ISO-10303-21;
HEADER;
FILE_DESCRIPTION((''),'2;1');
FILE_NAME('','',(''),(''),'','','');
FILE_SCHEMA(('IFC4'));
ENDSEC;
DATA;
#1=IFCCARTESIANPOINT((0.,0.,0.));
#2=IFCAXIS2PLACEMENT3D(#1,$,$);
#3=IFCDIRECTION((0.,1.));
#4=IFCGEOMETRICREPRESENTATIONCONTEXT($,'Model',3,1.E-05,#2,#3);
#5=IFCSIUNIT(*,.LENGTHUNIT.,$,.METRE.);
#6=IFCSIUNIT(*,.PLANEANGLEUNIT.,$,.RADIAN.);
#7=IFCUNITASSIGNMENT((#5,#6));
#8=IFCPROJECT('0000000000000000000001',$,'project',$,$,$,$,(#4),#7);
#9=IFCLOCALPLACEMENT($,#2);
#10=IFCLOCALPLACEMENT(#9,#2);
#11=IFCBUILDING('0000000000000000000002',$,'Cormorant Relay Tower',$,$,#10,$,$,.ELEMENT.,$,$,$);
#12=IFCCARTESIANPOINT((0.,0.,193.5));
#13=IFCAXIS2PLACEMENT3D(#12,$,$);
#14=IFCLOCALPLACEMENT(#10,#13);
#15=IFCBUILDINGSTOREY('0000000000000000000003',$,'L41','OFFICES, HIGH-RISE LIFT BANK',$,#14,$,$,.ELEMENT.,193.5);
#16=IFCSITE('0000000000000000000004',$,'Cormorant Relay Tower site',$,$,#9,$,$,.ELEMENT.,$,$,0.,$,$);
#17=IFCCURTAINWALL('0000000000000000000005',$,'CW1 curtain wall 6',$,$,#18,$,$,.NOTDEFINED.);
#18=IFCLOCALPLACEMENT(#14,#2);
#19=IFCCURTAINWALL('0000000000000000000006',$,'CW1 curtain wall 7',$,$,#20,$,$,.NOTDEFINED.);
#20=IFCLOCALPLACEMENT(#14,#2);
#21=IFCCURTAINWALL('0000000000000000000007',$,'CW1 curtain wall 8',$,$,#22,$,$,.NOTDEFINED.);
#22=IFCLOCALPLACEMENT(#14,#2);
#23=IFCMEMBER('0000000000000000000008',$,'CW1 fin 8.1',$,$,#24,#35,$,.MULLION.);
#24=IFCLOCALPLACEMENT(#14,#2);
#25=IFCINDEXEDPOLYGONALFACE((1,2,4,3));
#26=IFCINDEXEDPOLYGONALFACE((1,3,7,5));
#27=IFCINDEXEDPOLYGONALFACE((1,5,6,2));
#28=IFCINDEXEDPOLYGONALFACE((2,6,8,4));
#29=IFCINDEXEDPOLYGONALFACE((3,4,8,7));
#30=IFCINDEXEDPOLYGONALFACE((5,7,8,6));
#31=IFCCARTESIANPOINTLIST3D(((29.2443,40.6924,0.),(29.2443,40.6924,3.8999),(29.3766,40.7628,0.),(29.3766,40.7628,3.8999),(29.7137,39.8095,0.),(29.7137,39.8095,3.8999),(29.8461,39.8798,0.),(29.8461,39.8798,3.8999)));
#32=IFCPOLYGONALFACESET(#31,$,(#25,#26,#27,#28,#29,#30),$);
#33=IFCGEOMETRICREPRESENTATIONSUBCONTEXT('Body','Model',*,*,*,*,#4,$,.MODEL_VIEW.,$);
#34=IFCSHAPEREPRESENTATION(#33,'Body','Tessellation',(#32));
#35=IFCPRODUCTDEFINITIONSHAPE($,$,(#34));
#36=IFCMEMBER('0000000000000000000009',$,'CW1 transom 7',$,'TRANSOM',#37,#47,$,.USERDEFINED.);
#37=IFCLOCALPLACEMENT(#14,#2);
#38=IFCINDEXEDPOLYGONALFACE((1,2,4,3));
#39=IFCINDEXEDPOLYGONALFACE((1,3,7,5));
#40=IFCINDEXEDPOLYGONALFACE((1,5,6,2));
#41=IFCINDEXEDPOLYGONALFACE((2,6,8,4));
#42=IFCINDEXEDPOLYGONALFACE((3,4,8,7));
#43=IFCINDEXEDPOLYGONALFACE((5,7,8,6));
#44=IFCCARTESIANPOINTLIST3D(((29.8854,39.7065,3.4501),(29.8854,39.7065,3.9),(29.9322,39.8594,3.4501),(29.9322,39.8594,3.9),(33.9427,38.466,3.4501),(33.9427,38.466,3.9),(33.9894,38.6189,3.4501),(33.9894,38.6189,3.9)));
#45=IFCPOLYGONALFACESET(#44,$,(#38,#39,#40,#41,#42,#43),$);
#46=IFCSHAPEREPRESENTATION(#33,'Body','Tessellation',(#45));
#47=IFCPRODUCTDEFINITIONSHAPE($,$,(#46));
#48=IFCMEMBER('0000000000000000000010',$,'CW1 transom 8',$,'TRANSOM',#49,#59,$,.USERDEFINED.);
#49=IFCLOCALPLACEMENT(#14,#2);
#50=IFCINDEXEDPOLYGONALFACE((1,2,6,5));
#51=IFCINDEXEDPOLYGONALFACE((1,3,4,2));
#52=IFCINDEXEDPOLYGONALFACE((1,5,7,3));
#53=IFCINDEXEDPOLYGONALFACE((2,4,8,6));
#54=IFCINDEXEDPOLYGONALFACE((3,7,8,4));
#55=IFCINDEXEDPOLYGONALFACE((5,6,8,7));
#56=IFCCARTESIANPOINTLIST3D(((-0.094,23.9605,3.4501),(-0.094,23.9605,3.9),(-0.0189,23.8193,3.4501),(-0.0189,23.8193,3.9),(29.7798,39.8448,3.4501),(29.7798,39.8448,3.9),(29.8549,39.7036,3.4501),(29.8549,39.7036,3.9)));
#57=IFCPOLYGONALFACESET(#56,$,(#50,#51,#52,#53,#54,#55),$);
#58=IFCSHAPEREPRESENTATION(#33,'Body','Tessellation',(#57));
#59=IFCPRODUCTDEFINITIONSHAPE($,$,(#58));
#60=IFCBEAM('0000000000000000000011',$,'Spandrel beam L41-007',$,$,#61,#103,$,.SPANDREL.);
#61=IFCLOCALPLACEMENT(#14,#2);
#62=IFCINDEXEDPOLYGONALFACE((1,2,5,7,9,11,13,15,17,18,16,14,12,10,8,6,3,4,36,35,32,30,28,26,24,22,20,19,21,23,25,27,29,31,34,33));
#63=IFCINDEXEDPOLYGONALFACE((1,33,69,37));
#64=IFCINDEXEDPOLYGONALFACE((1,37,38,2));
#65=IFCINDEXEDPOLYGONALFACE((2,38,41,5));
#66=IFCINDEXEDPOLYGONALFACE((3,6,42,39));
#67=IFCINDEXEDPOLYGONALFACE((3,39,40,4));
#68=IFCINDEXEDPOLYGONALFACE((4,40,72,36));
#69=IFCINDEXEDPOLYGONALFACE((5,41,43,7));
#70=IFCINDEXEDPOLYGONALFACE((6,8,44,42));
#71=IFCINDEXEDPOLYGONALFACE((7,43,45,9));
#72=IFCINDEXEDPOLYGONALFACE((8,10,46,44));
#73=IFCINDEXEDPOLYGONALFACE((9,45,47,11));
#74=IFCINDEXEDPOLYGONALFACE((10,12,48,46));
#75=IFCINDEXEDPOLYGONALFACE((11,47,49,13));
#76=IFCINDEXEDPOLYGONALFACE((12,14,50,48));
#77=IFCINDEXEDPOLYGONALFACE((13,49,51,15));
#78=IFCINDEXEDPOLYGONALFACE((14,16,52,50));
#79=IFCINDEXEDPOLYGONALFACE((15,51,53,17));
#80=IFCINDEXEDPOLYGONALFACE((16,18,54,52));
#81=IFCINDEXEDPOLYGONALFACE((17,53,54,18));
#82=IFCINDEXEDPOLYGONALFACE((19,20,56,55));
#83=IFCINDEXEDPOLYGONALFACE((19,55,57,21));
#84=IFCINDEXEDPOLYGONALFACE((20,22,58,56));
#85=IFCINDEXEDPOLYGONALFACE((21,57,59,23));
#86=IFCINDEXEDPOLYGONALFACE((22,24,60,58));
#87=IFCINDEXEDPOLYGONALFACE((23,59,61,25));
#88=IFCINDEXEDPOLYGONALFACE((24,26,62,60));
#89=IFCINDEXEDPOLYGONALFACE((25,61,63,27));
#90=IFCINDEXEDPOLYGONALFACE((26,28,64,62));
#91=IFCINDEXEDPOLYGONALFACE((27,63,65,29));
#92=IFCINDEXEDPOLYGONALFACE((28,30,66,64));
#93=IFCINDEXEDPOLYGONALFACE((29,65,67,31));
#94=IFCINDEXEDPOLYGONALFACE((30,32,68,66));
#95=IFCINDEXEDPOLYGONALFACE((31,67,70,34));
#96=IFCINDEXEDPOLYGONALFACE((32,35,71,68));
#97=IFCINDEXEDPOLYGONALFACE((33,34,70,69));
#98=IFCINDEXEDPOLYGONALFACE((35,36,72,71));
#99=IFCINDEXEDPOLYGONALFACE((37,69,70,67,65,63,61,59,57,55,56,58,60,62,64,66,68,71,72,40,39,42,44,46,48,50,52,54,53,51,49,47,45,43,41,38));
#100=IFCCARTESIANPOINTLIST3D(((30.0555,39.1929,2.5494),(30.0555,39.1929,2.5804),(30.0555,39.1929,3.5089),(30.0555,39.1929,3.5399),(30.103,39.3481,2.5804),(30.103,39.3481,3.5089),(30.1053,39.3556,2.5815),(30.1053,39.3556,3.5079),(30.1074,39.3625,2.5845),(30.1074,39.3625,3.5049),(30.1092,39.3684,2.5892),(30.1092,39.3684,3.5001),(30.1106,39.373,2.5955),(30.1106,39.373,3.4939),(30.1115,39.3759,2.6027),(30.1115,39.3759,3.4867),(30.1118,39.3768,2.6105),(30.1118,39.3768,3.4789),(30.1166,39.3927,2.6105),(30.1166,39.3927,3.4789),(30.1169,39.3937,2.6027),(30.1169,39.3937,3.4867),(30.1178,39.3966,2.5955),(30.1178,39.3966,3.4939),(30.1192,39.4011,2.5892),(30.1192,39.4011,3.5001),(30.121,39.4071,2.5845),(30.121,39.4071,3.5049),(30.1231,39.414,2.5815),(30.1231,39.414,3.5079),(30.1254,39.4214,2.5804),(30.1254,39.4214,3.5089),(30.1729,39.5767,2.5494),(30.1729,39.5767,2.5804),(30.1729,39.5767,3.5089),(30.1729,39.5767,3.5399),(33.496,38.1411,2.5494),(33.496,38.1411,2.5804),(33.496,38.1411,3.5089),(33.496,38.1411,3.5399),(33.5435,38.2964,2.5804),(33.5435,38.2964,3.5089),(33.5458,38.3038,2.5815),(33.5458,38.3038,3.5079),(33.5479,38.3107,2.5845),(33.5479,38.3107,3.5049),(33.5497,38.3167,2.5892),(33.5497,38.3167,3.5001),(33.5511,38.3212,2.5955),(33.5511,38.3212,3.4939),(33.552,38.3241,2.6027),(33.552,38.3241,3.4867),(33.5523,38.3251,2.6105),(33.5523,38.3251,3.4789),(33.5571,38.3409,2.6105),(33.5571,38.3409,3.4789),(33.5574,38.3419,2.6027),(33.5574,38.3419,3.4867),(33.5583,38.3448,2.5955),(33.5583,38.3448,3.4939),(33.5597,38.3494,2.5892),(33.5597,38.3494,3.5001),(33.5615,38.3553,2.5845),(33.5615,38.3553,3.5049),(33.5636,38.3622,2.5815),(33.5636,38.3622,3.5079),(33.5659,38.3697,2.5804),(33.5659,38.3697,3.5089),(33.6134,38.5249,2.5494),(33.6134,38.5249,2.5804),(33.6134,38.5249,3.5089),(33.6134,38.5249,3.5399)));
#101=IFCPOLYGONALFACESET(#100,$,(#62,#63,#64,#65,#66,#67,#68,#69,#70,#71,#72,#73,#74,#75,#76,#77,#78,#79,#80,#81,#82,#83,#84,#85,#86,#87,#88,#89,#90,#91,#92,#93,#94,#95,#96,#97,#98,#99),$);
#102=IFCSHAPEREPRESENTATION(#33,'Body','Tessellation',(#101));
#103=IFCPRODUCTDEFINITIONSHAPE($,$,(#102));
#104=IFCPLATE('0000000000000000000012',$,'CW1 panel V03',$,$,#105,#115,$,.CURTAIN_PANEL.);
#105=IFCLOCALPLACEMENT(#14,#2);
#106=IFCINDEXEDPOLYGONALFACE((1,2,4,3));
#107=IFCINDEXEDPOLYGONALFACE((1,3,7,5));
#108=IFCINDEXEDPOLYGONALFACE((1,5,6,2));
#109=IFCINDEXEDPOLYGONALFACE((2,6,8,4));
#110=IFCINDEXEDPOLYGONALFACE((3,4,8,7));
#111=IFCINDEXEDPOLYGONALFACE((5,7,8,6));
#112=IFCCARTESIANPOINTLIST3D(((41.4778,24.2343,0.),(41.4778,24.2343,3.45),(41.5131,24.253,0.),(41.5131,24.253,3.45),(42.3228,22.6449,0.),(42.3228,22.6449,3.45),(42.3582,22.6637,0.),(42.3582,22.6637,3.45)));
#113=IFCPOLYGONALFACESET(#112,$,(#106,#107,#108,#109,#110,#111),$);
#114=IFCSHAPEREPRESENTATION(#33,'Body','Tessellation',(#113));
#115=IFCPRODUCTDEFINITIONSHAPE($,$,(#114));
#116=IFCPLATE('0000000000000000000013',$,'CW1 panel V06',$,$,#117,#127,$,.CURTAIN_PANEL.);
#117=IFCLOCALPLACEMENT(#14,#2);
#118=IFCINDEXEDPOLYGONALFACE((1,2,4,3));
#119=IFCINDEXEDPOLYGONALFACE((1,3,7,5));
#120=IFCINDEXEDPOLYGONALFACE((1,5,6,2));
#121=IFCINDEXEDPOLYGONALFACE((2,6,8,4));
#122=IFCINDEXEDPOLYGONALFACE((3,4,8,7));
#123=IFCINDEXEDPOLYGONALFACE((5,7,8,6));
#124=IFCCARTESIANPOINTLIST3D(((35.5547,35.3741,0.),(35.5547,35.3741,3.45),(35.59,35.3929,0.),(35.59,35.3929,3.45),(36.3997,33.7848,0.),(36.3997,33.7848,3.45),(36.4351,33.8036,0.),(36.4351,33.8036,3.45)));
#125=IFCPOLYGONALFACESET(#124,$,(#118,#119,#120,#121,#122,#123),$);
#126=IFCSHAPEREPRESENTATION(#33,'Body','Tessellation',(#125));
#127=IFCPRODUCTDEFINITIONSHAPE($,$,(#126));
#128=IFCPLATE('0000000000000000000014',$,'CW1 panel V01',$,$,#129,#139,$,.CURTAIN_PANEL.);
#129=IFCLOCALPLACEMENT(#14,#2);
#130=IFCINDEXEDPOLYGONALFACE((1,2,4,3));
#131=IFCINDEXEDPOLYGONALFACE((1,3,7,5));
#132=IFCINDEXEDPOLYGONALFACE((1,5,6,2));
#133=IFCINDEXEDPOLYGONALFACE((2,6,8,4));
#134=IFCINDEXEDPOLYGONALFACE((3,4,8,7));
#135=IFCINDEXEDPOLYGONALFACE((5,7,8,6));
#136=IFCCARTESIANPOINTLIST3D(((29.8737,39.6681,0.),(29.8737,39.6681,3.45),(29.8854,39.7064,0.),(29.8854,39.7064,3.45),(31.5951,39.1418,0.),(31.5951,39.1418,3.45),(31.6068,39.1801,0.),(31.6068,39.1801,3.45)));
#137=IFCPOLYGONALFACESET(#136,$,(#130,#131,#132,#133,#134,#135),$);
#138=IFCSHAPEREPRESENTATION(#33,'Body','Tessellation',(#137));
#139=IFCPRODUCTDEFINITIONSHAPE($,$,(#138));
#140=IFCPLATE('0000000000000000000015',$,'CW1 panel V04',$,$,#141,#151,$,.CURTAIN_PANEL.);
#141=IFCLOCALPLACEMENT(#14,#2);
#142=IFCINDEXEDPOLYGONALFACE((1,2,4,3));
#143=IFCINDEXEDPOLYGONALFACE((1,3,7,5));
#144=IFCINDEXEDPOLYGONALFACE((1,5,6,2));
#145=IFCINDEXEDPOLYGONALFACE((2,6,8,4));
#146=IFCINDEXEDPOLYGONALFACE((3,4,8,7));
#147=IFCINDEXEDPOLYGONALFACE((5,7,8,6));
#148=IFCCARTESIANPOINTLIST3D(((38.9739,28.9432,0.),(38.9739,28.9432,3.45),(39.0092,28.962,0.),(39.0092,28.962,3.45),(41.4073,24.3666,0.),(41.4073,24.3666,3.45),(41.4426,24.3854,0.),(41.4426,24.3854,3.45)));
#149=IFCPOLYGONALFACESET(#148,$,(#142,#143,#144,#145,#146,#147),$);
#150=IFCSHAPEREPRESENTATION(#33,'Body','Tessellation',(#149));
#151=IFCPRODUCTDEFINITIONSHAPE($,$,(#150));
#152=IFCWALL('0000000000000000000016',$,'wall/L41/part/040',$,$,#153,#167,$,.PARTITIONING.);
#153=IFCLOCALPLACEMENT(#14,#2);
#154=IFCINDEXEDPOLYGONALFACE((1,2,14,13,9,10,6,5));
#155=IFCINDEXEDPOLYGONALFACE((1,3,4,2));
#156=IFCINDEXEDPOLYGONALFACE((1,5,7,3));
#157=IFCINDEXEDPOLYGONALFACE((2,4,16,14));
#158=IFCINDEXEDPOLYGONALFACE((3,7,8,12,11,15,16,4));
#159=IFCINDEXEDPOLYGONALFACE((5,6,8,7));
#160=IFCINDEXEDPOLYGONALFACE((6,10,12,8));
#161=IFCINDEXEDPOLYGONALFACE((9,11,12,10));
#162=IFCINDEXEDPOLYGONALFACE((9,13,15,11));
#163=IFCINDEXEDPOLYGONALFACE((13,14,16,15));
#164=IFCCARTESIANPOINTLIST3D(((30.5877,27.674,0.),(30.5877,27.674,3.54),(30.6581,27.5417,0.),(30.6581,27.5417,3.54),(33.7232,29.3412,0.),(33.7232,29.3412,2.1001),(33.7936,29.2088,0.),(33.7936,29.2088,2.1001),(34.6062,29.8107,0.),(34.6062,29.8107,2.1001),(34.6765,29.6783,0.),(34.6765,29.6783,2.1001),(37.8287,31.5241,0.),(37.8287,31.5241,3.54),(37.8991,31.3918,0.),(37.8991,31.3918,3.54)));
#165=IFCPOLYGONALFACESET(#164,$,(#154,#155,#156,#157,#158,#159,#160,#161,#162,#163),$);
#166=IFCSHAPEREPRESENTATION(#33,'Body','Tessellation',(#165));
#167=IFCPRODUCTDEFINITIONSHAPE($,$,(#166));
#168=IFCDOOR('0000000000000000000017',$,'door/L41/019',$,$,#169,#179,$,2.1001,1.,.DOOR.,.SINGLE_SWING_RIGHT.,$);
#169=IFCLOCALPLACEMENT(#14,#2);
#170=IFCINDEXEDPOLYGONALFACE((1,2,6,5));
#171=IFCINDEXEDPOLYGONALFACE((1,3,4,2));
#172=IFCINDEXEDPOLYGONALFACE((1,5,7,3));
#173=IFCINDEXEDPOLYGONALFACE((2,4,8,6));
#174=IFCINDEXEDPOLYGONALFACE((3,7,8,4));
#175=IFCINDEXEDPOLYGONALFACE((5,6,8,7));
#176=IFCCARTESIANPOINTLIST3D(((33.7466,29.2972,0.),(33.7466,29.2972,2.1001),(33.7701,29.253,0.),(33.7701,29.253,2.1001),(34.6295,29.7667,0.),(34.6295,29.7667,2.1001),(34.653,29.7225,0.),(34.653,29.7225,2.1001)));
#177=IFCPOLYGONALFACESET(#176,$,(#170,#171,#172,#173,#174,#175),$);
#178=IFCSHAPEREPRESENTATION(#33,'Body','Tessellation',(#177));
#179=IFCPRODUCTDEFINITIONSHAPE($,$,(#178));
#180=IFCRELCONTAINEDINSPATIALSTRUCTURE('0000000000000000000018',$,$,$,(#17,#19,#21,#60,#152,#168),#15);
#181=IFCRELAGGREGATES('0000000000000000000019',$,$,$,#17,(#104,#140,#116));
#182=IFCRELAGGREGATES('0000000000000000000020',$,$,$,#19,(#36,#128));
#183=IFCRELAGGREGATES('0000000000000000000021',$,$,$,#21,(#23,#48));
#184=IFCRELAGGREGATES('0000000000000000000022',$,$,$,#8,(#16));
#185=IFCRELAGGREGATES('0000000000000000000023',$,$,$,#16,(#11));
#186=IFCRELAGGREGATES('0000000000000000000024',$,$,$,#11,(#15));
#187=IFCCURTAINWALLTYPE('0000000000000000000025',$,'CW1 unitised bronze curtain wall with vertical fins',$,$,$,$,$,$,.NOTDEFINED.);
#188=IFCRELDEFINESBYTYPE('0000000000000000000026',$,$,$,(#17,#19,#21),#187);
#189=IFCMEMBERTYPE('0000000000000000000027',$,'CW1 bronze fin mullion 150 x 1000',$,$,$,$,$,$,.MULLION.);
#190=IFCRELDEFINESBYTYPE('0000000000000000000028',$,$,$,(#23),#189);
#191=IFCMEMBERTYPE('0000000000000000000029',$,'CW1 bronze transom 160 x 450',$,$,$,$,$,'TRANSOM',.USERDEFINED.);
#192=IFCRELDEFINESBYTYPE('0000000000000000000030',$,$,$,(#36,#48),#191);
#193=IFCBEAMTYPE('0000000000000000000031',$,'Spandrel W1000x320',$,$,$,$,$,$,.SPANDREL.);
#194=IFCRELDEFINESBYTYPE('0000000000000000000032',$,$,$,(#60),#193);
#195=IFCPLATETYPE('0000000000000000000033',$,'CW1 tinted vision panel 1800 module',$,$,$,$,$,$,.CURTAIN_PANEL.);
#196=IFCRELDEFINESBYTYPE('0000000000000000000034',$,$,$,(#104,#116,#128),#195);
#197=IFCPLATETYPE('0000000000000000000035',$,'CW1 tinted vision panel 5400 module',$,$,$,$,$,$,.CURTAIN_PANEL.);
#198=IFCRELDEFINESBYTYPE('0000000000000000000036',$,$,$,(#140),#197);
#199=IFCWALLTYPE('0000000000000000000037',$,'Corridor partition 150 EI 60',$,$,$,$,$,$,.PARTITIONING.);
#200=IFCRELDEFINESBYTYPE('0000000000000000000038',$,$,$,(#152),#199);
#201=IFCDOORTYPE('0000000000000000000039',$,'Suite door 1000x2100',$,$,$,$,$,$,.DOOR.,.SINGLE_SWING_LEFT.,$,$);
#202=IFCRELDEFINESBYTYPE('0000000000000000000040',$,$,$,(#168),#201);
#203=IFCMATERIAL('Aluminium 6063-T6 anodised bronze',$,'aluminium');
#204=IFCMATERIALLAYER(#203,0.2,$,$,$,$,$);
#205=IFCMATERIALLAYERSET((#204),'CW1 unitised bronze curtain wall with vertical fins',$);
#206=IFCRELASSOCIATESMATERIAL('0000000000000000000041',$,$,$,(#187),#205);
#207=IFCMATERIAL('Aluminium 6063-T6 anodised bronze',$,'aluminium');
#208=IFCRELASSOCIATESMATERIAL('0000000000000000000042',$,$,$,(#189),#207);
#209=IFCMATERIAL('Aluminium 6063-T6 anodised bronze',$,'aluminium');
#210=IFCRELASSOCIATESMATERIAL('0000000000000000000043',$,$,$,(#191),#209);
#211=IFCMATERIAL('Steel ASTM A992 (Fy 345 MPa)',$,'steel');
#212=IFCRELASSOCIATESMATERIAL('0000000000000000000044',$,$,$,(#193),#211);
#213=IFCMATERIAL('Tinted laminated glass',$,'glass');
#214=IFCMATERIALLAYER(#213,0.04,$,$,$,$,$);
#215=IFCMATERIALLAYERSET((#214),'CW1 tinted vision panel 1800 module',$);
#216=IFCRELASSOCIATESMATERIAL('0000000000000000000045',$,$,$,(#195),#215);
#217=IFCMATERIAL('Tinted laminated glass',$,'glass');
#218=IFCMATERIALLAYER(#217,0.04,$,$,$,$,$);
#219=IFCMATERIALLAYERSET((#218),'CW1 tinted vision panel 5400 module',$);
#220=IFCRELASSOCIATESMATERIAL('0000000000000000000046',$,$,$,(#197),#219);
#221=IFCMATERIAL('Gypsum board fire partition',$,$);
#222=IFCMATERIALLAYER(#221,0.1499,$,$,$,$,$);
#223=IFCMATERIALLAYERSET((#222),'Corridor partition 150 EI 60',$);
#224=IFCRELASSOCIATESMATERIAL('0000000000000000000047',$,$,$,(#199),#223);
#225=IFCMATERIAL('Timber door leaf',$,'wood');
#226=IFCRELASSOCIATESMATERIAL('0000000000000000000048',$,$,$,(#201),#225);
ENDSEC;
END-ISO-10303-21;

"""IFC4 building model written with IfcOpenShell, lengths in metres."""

from ifc_helpers import new_model, si_unit, direction, frame, frame_2d, origin, origin_2d, place, context, subcontext, project, spatial, rectangle, i_section, extrude, material, layer, layer_set, material_profile, profile_set, type_object, element, fill, aggregate, save


model = new_model("IFC4")

# Units and contexts
model_context = context("Model", 3, precision=1e-05, world=origin(), true_north=direction((0.0, 1.0)))
body_context = subcontext(model_context, "Body", "Model", "MODEL_VIEW")
ifc_project = project(units=[si_unit("LENGTHUNIT", "METRE"), si_unit("PLANEANGLEUNIT", "RADIAN")], contexts=[model_context])

# Site, building, storey
site_placement = place(None, origin())
site = spatial("IfcSite", under=ifc_project, at=site_placement, Name="Cormorant Relay Tower site", CompositionType="ELEMENT", RefElevation=0.0)
building_placement = place(site_placement, origin())
building = spatial("IfcBuilding", under=site, at=building_placement, Name="Cormorant Relay Tower", CompositionType="ELEMENT")
storey_placement = place(building_placement, frame((0.0, 0.0, 193.5)))
storey = spatial("IfcBuildingStorey", under=building, at=storey_placement, Name="L41", Description="OFFICES, HIGH-RISE LIFT BANK", CompositionType="ELEMENT", Elevation=193.5)

# Curtain wall
ifc_material_1 = material(Name="Aluminium 6063-T6 anodised bronze", Category="aluminium")
ifc_layer_1 = layer(ifc_material_1, 0.2)
ifc_layer_set_1 = layer_set([ifc_layer_1], Name="CW1 unitised bronze curtain wall with vertical fins")
curtain_wall_type = type_object("IfcCurtainWallType", Name="CW1 unitised bronze curtain wall with vertical fins", PredefinedType="NOTDEFINED", material=ifc_layer_set_1)
curtain_wall_1_placement = place(storey_placement, origin())
curtain_wall_1 = element("IfcCurtainWall", 1, at=curtain_wall_1_placement, inside=storey, type_object=curtain_wall_type, Name="CW1 curtain wall 6", PredefinedType="NOTDEFINED")
ifc_material_2 = material(Name="Aluminium 6063-T6 anodised bronze", Category="aluminium")
ifc_material_profile_1 = material_profile(ifc_material_2, rectangle(XDim=0.1499, YDim=1.0, at=origin_2d()), Name="AL 150x1000")
ifc_profile_set_1 = profile_set([ifc_material_profile_1], Name="Aluminium 6063-T6 anodised bronze")
member_type_1 = type_object("IfcMemberType", Name="CW1 bronze fin mullion 150 x 1000", PredefinedType="MULLION", material=ifc_profile_set_1)

# Curtain walls, member
curtain_wall_2_placement = place(storey_placement, origin())
curtain_wall_2 = element("IfcCurtainWall", 2, at=curtain_wall_2_placement, inside=storey, type_object=curtain_wall_type, Name="CW1 curtain wall 7", PredefinedType="NOTDEFINED")
curtain_wall_3_placement = place(storey_placement, origin())
curtain_wall_3 = element("IfcCurtainWall", 3, at=curtain_wall_3_placement, inside=storey, type_object=curtain_wall_type, Name="CW1 curtain wall 8", PredefinedType="NOTDEFINED")
member_1_placement = place(storey_placement, frame((29.5452, 40.2861, 0.0), z_axis=(0.0, 0.0, 1.0), x_axis=(-0.882948, -0.469472, 0.0)))
member_1 = element("IfcMember", 4, at=member_1_placement, type_object=member_type_1, Name="CW1 fin 8.1", PredefinedType="MULLION", context=body_context, shape_type="SweptSolid", body=[
    extrude(rectangle(XDim=0.1499, YDim=1.0, at=origin_2d()), origin(), (0.0, 0.0, 1.0), 3.8999),
])

# Members
ifc_material_3 = material(Name="Aluminium 6063-T6 anodised bronze", Category="aluminium")
ifc_material_profile_2 = material_profile(ifc_material_3, rectangle(XDim=0.1599, YDim=0.45, at=origin_2d()), Name="AL 160x450")
ifc_profile_set_2 = profile_set([ifc_material_profile_2], Name="Aluminium 6063-T6 anodised bronze")
member_type_2 = type_object("IfcMemberType", Name="CW1 bronze transom 160 x 450", ElementType="TRANSOM", PredefinedType="USERDEFINED", material=ifc_profile_set_2)
member_2_placement = place(storey_placement, frame((33.9661, 38.5425, 3.675), z_axis=(-0.956304, 0.292375, 0.0), x_axis=(-0.292375, -0.956304, 0.0)))
member_2 = element("IfcMember", 5, at=member_2_placement, type_object=member_type_2, Name="CW1 transom 7", ObjectType="TRANSOM", PredefinedType="USERDEFINED", context=body_context, shape_type="SweptSolid", body=[
    extrude(rectangle(XDim=0.1599, YDim=0.45, at=origin_2d()), origin(), (0.0, 0.0, 1.0), 4.2427),
])
member_3_placement = place(storey_placement, frame((29.8174, 39.7742, 3.675), z_axis=(-0.882946, -0.469474, 0.0), x_axis=(0.469474, -0.882946, 0.0)))
member_3 = element("IfcMember", 6, at=member_3_placement, type_object=member_type_2, Name="CW1 transom 8", ObjectType="TRANSOM", PredefinedType="USERDEFINED", context=body_context, shape_type="SweptSolid", body=[
    extrude(rectangle(XDim=0.1599, YDim=0.45, at=origin_2d()), origin(), (0.0, 0.0, 1.0), 33.8342),
])

# Beam
ifc_material_4 = material(Name="Steel ASTM A992 (Fy 345 MPa)", Category="steel")
ifc_material_profile_3 = material_profile(ifc_material_4, i_section(OverallWidth=0.4014, OverallDepth=0.9905, WebThickness=0.0166, FlangeThickness=0.031, FilletRadius=0.03, at=origin_2d()), Name="W1000x320")
ifc_profile_set_3 = profile_set([ifc_material_profile_3], Name="Steel ASTM A992 (Fy 345 MPa)")
beam_type = type_object("IfcBeamType", Name="Spandrel W1000x320", PredefinedType="SPANDREL", material=ifc_profile_set_3)
beam_placement = place(storey_placement, frame((33.5547, 38.333, 3.0447), z_axis=(-0.956312, 0.29235, 0.0), x_axis=(-0.29235, -0.956312, 0.0)))
element("IfcBeam", 7, at=beam_placement, inside=storey, type_object=beam_type, Name="Spandrel beam L41-007", PredefinedType="SPANDREL", context=body_context, shape_type="SweptSolid", body=[
    extrude(i_section(OverallWidth=0.4014, OverallDepth=0.9905, WebThickness=0.0166, FlangeThickness=0.031, FilletRadius=0.03, at=origin_2d()), origin(), (0.0, 0.0, 1.0), 3.5977),
])

# Plates
ifc_material_5 = material(Name="Tinted laminated glass", Category="glass")
ifc_layer_2 = layer(ifc_material_5, 0.04)
ifc_layer_set_2 = layer_set([ifc_layer_2], Name="CW1 tinted vision panel 1800 module")
plate_type_1 = type_object("IfcPlateType", Name="CW1 tinted vision panel 1800 module", PredefinedType="CURTAIN_PANEL", material=ifc_layer_set_2)
plate_1_placement = place(storey_placement, frame((41.918, 23.449, 0.0), z_axis=(0.0, 0.0, 1.0), x_axis=(-0.469472, 0.882948, 0.0)))
plate_1 = element("IfcPlate", 8, at=plate_1_placement, type_object=plate_type_1, Name="CW1 panel V03", PredefinedType="CURTAIN_PANEL", context=body_context, shape_type="SweptSolid", body=[
    extrude(rectangle(XDim=1.8, YDim=0.04, at=origin_2d()), origin(), (0.0, 0.0, 1.0), 3.45),
])
plate_2_placement = place(storey_placement, frame((35.9949, 34.5889, 0.0), z_axis=(0.0, 0.0, 1.0), x_axis=(-0.469472, 0.882948, 0.0)))
plate_2 = element("IfcPlate", 9, at=plate_2_placement, type_object=plate_type_1, Name="CW1 panel V06", PredefinedType="CURTAIN_PANEL", context=body_context, shape_type="SweptSolid", body=[
    extrude(rectangle(XDim=1.8, YDim=0.04, at=origin_2d()), origin(), (0.0, 0.0, 1.0), 3.45),
])
plate_3_placement = place(storey_placement, frame((30.7402, 39.4241, 0.0), z_axis=(0.0, 0.0, 1.0), x_axis=(-0.956305, 0.292372, 0.0)))
plate_3 = element("IfcPlate", 10, at=plate_3_placement, type_object=plate_type_1, Name="CW1 panel V01", PredefinedType="CURTAIN_PANEL", context=body_context, shape_type="SweptSolid", body=[
    extrude(rectangle(XDim=1.8, YDim=0.04, at=origin_2d()), origin(), (0.0, 0.0, 1.0), 3.45),
])
ifc_material_6 = material(Name="Tinted laminated glass", Category="glass")
ifc_layer_3 = layer(ifc_material_6, 0.04)
ifc_layer_set_3 = layer_set([ifc_layer_3], Name="CW1 tinted vision panel 5400 module")
plate_type_2 = type_object("IfcPlateType", Name="CW1 tinted vision panel 5400 module", PredefinedType="CURTAIN_PANEL", material=ifc_layer_set_3)
plate_4_placement = place(storey_placement, frame((40.2083, 26.6643, 0.0), z_axis=(0.0, 0.0, 1.0), x_axis=(-0.469472, 0.882948, 0.0)))
plate_4 = element("IfcPlate", 11, at=plate_4_placement, type_object=plate_type_2, Name="CW1 panel V04", PredefinedType="CURTAIN_PANEL", context=body_context, shape_type="SweptSolid", body=[
    extrude(rectangle(XDim=5.1833, YDim=0.04, at=origin_2d()), origin(), (0.0, 0.0, 1.0), 3.45),
])

# Wall, opening, door
ifc_material_7 = material(Name="Gypsum board fire partition")
ifc_layer_4 = layer(ifc_material_7, 0.1499)
ifc_layer_set_4 = layer_set([ifc_layer_4], Name="Corridor partition 150 EI 60")
wall_type_1 = type_object("IfcWallType", Name="Corridor partition 150 EI 60", PredefinedType="PARTITIONING", material=ifc_layer_set_4)
wall_1_placement = place(storey_placement, frame((37.864, 31.458, 0.0), z_axis=(0.0, 0.0, 1.0), x_axis=(-0.882947, -0.469472, 0.0)))
wall_1 = element("IfcWall", 12, at=wall_1_placement, inside=storey, type_object=wall_type_1, Name="wall/L41/part/040", PredefinedType="PARTITIONING", context=body_context, shape_type="SweptSolid", body=[
    extrude(rectangle(XDim=8.2009, YDim=0.1499, at=frame_2d((4.1006, 0.0))), origin(), (0.0, 0.0, 1.0), 3.54),
])
opening_1_placement = place(wall_1_placement, frame((3.6499, 0.0, 0.0)))
opening_1 = element("IfcOpeningElement", 13, at=opening_1_placement, cuts=wall_1, PredefinedType="OPENING", context=body_context, shape_type="SweptSolid", body=[
    extrude(rectangle(XDim=1.0, YDim=2.1001, at=frame_2d((0.5, 1.05))), frame((0.0, 0.085, 0.0), z_axis=(0.0, -1.0, 0.0), x_axis=(1.0, 0.0, 0.0)), (0.0, 0.0, 1.0), 0.1699),
])
ifc_material_8 = material(Name="Timber door leaf", Category="wood")
door_type = type_object("IfcDoorType", Name="Suite door 1000x2100", OperationType="SINGLE_SWING_LEFT", PredefinedType="DOOR", material=ifc_material_8)
door_1_placement = place(opening_1_placement, origin())
door_1 = element("IfcDoor", 14, at=door_1_placement, inside=storey, type_object=door_type, Name="door/L41/019", OperationType="SINGLE_SWING_RIGHT", OverallHeight=2.1001, OverallWidth=1.0, PredefinedType="DOOR", context=body_context, shape_type="SweptSolid", body=[
    extrude(rectangle(XDim=1.0, YDim=2.1001, at=frame_2d((0.5, 1.05))), frame((0.0, 0.0249, 0.0), z_axis=(0.0, -1.0, 0.0), x_axis=(1.0, 0.0, 0.0)), (0.0, 0.0, 1.0), 0.05),
])
fill(opening_1, door_1)

aggregate(curtain_wall_1, [plate_1, plate_4, plate_2])
aggregate(curtain_wall_2, [member_2, plate_3])
aggregate(curtain_wall_3, [member_1, member_3])

save(model, "model.ifc")
